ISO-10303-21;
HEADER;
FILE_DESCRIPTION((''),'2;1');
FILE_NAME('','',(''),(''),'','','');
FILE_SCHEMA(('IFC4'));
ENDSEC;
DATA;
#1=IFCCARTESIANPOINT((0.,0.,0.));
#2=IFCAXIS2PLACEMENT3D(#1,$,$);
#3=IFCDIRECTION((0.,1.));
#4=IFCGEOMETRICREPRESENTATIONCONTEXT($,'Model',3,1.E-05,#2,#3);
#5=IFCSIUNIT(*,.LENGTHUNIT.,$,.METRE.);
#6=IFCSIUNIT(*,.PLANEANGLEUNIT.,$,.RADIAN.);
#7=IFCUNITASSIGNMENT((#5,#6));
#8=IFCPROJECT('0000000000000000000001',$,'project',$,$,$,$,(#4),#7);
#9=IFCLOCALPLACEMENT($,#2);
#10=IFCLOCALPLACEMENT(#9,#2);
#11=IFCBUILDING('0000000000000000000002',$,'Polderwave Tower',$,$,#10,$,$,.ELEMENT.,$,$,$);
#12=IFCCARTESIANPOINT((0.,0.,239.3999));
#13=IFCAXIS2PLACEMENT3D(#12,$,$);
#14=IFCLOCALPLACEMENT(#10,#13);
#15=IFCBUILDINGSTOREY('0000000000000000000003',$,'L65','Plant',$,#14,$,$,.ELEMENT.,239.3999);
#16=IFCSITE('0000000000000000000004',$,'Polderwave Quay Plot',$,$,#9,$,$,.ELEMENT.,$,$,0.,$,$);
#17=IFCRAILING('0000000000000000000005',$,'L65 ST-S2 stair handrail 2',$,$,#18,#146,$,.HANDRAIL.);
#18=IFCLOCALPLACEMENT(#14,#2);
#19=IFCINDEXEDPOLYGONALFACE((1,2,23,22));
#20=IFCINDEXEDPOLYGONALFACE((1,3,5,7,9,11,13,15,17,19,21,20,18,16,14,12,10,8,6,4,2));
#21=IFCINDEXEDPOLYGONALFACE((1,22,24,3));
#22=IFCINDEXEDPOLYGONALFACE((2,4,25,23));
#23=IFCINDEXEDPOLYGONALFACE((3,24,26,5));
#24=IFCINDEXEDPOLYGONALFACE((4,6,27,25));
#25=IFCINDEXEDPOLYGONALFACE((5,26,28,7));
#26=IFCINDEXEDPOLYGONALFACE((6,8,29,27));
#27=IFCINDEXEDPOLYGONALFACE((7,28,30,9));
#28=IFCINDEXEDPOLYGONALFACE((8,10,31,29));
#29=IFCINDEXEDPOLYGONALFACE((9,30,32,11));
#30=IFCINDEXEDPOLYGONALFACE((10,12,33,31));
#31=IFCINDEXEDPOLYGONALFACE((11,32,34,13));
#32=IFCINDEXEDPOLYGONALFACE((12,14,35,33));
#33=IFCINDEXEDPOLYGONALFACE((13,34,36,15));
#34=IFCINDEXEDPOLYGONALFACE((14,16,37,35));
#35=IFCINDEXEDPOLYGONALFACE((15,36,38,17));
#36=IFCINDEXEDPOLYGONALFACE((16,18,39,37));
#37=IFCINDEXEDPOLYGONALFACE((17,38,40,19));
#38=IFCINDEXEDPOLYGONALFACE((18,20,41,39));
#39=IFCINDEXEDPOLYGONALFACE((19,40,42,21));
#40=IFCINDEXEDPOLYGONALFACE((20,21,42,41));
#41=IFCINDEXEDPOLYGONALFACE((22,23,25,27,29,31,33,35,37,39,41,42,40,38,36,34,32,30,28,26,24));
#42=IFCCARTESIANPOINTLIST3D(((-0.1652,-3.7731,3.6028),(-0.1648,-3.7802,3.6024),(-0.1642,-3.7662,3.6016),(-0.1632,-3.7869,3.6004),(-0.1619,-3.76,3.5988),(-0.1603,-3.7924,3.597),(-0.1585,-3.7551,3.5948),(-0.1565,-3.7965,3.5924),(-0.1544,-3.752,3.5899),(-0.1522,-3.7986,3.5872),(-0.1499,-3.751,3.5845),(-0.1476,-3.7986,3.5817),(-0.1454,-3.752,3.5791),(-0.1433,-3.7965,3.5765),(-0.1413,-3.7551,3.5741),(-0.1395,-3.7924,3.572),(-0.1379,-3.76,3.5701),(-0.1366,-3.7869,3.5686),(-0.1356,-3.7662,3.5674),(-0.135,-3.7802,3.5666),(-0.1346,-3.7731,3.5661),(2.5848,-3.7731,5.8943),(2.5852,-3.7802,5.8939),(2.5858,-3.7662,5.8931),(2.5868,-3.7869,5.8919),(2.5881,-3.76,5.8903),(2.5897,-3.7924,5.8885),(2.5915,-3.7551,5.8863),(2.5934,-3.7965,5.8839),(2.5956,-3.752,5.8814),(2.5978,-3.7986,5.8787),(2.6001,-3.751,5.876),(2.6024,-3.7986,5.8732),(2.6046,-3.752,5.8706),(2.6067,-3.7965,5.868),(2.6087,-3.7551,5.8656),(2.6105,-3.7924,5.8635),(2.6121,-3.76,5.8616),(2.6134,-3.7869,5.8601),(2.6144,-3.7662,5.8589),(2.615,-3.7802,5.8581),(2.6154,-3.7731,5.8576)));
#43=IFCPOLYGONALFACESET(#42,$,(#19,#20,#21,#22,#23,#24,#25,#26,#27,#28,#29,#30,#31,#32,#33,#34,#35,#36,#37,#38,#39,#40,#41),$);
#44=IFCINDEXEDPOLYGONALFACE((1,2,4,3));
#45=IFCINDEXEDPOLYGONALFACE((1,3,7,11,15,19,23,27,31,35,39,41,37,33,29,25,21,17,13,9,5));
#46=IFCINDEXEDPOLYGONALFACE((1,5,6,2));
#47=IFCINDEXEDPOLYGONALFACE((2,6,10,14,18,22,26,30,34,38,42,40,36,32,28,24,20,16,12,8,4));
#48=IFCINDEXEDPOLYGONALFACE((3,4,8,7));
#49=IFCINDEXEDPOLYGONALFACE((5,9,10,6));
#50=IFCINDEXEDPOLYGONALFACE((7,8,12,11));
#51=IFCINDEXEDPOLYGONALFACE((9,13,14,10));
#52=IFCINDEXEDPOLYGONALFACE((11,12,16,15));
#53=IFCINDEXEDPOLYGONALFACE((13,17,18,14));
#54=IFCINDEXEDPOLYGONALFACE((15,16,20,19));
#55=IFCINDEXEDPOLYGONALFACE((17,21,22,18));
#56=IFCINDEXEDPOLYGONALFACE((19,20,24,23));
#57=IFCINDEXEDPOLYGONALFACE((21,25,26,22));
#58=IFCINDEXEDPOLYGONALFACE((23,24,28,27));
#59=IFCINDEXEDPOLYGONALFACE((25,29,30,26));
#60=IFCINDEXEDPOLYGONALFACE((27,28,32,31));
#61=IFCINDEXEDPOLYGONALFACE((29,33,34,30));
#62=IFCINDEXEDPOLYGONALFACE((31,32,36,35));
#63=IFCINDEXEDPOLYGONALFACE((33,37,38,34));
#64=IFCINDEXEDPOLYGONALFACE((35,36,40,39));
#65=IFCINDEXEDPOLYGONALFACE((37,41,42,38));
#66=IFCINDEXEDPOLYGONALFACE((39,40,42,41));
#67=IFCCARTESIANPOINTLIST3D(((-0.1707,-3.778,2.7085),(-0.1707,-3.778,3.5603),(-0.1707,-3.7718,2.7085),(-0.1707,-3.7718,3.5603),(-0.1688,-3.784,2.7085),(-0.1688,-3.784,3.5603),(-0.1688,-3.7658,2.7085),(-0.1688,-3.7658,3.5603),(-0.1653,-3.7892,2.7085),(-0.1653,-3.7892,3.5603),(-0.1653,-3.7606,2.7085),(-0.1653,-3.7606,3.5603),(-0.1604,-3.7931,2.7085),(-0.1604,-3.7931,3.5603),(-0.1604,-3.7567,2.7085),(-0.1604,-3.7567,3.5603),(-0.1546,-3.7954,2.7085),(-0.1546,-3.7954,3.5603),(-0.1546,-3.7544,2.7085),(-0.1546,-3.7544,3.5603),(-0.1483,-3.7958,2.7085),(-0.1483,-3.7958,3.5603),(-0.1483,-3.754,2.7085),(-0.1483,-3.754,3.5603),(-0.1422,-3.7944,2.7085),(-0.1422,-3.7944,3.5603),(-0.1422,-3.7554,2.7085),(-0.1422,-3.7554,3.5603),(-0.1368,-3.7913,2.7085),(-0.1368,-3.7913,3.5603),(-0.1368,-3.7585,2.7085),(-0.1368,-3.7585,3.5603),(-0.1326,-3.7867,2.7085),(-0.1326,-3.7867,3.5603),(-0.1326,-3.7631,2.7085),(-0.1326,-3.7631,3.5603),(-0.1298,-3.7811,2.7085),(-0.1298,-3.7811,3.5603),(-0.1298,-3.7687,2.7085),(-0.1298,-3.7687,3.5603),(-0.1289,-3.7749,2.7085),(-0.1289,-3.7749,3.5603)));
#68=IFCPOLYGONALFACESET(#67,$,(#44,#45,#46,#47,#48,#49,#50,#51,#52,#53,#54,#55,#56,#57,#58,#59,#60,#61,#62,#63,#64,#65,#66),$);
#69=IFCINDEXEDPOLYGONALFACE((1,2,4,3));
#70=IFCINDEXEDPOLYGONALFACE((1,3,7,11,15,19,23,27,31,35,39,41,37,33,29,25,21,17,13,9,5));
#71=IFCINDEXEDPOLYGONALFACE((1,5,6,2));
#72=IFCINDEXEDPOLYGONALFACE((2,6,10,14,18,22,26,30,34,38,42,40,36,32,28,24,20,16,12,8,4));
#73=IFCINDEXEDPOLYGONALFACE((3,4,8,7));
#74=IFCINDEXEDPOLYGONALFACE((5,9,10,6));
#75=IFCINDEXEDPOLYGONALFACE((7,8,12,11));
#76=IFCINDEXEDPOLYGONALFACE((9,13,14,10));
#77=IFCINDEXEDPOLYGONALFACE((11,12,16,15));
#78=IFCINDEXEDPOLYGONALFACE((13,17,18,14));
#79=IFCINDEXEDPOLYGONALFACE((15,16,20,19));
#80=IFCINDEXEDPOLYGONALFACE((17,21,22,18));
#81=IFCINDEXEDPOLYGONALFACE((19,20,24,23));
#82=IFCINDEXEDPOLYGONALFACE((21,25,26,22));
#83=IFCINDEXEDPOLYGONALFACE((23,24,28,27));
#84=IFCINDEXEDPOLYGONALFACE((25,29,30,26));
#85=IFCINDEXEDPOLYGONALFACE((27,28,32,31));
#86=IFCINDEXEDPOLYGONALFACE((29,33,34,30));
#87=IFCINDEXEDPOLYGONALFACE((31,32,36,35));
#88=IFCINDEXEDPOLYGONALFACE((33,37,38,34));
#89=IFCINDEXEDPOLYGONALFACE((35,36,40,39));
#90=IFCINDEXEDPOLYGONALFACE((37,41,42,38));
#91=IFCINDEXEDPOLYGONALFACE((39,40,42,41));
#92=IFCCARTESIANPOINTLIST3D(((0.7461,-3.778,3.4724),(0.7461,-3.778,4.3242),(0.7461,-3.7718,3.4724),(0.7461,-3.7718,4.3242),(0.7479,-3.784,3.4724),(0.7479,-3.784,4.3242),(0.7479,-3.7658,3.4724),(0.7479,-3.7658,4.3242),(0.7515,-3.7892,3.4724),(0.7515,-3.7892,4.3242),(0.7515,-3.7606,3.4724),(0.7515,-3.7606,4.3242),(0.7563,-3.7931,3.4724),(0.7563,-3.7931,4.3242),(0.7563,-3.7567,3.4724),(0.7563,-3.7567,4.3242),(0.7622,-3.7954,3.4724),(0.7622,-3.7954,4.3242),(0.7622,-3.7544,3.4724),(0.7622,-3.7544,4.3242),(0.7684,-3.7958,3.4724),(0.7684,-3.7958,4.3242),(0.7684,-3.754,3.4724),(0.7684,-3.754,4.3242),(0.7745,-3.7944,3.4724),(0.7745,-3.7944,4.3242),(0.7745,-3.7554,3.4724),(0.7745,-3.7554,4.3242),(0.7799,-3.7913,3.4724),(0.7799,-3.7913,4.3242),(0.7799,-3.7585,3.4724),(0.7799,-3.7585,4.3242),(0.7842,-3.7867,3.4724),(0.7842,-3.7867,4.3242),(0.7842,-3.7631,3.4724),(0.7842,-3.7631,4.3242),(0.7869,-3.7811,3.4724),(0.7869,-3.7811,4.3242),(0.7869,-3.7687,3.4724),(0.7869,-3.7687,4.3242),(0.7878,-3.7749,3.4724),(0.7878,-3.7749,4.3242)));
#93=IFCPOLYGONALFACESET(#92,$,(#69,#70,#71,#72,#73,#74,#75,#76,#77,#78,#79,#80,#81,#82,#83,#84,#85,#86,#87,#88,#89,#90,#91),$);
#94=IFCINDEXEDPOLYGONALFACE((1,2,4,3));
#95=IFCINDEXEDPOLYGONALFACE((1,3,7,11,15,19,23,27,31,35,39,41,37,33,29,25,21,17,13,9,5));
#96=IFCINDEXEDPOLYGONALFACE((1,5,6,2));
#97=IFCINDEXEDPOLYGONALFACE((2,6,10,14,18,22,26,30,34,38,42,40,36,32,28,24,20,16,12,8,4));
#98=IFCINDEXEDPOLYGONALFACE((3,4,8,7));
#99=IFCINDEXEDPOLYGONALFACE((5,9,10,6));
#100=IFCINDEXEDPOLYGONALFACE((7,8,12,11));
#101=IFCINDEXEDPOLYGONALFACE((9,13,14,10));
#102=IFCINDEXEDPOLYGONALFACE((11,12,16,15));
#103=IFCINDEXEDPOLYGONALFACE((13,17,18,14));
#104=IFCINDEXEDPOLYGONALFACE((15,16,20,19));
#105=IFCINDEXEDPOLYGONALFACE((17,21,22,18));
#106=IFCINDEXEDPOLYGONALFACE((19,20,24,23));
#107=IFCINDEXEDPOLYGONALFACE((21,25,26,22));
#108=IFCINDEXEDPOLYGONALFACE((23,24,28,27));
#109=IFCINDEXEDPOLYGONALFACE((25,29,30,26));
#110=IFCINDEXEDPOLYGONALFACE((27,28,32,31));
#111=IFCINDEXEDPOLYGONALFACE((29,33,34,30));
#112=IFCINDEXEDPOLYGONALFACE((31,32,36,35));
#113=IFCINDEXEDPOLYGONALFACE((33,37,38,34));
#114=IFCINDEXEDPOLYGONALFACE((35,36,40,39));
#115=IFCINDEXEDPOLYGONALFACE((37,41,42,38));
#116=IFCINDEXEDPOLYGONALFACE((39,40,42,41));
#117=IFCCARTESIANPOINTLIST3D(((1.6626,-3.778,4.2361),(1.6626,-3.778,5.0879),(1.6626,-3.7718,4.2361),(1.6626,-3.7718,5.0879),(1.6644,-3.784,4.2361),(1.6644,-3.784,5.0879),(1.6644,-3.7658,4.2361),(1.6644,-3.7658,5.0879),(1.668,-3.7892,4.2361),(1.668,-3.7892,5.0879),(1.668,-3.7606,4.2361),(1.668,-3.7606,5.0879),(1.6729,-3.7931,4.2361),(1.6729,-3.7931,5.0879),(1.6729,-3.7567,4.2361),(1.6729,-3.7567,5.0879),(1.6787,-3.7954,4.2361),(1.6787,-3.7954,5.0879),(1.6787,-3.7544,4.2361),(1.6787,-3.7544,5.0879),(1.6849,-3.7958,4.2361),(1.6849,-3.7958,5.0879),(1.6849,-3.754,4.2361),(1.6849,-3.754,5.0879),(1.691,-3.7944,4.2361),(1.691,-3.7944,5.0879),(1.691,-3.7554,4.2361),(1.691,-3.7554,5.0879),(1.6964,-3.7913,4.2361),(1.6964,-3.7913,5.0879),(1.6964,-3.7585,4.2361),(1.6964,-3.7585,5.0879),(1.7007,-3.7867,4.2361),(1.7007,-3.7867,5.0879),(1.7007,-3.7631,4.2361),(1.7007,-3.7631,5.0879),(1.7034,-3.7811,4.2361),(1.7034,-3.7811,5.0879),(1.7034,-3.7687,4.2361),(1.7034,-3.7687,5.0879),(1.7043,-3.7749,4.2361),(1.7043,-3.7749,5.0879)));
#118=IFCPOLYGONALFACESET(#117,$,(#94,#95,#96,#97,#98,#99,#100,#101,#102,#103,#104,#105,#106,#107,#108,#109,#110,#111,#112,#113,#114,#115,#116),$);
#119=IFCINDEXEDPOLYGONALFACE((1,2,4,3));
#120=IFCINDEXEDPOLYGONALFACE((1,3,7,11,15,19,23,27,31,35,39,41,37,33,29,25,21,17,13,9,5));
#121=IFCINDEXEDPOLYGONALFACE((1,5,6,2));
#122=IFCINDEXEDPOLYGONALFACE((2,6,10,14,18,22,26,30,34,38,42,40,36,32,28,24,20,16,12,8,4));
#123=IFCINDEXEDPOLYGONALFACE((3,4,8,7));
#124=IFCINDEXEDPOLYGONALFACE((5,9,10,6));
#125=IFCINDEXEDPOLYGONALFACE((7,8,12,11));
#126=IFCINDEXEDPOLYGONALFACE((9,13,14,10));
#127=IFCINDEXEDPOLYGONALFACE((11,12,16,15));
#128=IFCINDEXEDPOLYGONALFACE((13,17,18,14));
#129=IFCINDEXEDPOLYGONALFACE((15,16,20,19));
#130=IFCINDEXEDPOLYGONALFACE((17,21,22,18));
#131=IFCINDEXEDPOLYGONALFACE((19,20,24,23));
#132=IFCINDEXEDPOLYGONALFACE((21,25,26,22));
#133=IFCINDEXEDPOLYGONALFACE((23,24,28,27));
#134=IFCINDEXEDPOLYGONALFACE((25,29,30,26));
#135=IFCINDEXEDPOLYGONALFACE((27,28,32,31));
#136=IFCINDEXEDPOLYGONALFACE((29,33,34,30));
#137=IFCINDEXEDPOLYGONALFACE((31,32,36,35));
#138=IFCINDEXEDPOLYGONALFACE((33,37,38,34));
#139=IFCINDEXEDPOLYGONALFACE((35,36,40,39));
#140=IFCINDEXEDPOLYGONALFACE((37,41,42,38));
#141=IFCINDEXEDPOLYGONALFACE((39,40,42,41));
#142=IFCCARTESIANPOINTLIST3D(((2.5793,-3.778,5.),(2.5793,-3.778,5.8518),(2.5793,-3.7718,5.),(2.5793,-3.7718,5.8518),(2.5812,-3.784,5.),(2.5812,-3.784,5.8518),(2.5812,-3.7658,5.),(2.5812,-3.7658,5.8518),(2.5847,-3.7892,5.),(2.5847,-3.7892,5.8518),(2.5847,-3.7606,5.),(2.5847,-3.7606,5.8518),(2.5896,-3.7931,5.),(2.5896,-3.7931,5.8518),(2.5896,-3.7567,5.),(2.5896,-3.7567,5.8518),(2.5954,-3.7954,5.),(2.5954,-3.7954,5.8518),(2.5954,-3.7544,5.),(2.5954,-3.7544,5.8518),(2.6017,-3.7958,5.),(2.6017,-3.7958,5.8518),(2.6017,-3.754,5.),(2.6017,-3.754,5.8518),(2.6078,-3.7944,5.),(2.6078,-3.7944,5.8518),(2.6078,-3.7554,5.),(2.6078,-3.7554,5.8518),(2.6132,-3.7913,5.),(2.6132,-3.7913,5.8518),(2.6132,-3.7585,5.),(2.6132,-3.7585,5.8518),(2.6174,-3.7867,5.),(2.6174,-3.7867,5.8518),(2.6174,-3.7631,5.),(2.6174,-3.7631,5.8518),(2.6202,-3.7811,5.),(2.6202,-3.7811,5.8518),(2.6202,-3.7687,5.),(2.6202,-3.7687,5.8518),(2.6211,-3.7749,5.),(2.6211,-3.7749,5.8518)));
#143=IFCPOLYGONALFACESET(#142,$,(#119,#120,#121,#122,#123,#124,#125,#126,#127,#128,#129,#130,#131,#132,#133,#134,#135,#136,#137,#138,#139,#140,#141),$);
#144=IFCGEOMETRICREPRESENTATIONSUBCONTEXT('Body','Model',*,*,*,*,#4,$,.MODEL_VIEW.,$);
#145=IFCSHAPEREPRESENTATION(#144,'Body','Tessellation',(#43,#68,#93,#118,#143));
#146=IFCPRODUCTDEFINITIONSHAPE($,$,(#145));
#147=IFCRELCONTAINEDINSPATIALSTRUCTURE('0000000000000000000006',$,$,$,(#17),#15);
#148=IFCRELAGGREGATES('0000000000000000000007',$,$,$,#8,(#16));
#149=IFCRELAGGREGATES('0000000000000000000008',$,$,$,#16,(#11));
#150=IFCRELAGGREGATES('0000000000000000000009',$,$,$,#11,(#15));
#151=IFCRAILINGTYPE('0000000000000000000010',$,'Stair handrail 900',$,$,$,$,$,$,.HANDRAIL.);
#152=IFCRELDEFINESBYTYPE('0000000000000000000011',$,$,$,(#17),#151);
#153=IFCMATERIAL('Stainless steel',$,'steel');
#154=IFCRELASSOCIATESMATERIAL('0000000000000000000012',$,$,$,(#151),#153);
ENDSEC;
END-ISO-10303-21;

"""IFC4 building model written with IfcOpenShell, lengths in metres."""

from ifc_helpers import new_model, si_unit, direction, frame, origin, origin_2d, place, context, subcontext, project, spatial, circle, extrude, material, type_object, element, save


model = new_model("IFC4")

# Units and contexts
model_context = context("Model", 3, precision=1e-05, world=origin(), true_north=direction((0.0, 1.0)))
body_context = subcontext(model_context, "Body", "Model", "MODEL_VIEW")
ifc_project = project(units=[si_unit("LENGTHUNIT", "METRE"), si_unit("PLANEANGLEUNIT", "RADIAN")], contexts=[model_context])

# Site, building, storey
site_placement = place(None, origin())
site = spatial("IfcSite", under=ifc_project, at=site_placement, Name="Polderwave Quay Plot", CompositionType="ELEMENT", RefElevation=0.0)
building_placement = place(site_placement, origin())
building = spatial("IfcBuilding", under=site, at=building_placement, Name="Polderwave Tower", CompositionType="ELEMENT")
storey_placement = place(building_placement, frame((0.0, 0.0, 239.3999)))
storey = spatial("IfcBuildingStorey", under=building, at=storey_placement, Name="L65", Description="Plant", CompositionType="ELEMENT", Elevation=239.3999)

# Shared definitions
ifc_material_1 = material(Name="Stainless steel", Category="steel")

# Railing
railing_type_1 = type_object("IfcRailingType", Name="Stair handrail 900", PredefinedType="HANDRAIL", material=ifc_material_1)
railing_1_placement = place(storey_placement, frame((-0.1499, -3.7749, 2.7085)))
element("IfcRailing", 1, at=railing_1_placement, inside=storey, type_object=railing_type_1, Name="L65 ST-S2 stair handrail 2", PredefinedType="HANDRAIL", context=body_context, shape_type="SweptSolid", body=[
    extrude(circle(Radius=0.0239, at=origin_2d()), frame((0.0, 0.0, 0.876), z_axis=(0.768244, 0.0, 0.640158), x_axis=(0.0, 1.0, 0.0)), (0.0, 0.0, 1.0), 3.5796),
    extrude(circle(Radius=0.021, at=origin_2d()), origin(), (0.0, 0.0, 1.0), 0.8518),
    extrude(circle(Radius=0.021, at=origin_2d()), frame((0.9167, 0.0, 0.7639)), (0.0, 0.0, 1.0), 0.8518),
    extrude(circle(Radius=0.021, at=origin_2d()), frame((1.8333, 0.0, 1.5276)), (0.0, 0.0, 1.0), 0.8518),
    extrude(circle(Radius=0.021, at=origin_2d()), frame((2.75, 0.0, 2.2915)), (0.0, 0.0, 1.0), 0.8518),
])

save(model, "model.ifc")
